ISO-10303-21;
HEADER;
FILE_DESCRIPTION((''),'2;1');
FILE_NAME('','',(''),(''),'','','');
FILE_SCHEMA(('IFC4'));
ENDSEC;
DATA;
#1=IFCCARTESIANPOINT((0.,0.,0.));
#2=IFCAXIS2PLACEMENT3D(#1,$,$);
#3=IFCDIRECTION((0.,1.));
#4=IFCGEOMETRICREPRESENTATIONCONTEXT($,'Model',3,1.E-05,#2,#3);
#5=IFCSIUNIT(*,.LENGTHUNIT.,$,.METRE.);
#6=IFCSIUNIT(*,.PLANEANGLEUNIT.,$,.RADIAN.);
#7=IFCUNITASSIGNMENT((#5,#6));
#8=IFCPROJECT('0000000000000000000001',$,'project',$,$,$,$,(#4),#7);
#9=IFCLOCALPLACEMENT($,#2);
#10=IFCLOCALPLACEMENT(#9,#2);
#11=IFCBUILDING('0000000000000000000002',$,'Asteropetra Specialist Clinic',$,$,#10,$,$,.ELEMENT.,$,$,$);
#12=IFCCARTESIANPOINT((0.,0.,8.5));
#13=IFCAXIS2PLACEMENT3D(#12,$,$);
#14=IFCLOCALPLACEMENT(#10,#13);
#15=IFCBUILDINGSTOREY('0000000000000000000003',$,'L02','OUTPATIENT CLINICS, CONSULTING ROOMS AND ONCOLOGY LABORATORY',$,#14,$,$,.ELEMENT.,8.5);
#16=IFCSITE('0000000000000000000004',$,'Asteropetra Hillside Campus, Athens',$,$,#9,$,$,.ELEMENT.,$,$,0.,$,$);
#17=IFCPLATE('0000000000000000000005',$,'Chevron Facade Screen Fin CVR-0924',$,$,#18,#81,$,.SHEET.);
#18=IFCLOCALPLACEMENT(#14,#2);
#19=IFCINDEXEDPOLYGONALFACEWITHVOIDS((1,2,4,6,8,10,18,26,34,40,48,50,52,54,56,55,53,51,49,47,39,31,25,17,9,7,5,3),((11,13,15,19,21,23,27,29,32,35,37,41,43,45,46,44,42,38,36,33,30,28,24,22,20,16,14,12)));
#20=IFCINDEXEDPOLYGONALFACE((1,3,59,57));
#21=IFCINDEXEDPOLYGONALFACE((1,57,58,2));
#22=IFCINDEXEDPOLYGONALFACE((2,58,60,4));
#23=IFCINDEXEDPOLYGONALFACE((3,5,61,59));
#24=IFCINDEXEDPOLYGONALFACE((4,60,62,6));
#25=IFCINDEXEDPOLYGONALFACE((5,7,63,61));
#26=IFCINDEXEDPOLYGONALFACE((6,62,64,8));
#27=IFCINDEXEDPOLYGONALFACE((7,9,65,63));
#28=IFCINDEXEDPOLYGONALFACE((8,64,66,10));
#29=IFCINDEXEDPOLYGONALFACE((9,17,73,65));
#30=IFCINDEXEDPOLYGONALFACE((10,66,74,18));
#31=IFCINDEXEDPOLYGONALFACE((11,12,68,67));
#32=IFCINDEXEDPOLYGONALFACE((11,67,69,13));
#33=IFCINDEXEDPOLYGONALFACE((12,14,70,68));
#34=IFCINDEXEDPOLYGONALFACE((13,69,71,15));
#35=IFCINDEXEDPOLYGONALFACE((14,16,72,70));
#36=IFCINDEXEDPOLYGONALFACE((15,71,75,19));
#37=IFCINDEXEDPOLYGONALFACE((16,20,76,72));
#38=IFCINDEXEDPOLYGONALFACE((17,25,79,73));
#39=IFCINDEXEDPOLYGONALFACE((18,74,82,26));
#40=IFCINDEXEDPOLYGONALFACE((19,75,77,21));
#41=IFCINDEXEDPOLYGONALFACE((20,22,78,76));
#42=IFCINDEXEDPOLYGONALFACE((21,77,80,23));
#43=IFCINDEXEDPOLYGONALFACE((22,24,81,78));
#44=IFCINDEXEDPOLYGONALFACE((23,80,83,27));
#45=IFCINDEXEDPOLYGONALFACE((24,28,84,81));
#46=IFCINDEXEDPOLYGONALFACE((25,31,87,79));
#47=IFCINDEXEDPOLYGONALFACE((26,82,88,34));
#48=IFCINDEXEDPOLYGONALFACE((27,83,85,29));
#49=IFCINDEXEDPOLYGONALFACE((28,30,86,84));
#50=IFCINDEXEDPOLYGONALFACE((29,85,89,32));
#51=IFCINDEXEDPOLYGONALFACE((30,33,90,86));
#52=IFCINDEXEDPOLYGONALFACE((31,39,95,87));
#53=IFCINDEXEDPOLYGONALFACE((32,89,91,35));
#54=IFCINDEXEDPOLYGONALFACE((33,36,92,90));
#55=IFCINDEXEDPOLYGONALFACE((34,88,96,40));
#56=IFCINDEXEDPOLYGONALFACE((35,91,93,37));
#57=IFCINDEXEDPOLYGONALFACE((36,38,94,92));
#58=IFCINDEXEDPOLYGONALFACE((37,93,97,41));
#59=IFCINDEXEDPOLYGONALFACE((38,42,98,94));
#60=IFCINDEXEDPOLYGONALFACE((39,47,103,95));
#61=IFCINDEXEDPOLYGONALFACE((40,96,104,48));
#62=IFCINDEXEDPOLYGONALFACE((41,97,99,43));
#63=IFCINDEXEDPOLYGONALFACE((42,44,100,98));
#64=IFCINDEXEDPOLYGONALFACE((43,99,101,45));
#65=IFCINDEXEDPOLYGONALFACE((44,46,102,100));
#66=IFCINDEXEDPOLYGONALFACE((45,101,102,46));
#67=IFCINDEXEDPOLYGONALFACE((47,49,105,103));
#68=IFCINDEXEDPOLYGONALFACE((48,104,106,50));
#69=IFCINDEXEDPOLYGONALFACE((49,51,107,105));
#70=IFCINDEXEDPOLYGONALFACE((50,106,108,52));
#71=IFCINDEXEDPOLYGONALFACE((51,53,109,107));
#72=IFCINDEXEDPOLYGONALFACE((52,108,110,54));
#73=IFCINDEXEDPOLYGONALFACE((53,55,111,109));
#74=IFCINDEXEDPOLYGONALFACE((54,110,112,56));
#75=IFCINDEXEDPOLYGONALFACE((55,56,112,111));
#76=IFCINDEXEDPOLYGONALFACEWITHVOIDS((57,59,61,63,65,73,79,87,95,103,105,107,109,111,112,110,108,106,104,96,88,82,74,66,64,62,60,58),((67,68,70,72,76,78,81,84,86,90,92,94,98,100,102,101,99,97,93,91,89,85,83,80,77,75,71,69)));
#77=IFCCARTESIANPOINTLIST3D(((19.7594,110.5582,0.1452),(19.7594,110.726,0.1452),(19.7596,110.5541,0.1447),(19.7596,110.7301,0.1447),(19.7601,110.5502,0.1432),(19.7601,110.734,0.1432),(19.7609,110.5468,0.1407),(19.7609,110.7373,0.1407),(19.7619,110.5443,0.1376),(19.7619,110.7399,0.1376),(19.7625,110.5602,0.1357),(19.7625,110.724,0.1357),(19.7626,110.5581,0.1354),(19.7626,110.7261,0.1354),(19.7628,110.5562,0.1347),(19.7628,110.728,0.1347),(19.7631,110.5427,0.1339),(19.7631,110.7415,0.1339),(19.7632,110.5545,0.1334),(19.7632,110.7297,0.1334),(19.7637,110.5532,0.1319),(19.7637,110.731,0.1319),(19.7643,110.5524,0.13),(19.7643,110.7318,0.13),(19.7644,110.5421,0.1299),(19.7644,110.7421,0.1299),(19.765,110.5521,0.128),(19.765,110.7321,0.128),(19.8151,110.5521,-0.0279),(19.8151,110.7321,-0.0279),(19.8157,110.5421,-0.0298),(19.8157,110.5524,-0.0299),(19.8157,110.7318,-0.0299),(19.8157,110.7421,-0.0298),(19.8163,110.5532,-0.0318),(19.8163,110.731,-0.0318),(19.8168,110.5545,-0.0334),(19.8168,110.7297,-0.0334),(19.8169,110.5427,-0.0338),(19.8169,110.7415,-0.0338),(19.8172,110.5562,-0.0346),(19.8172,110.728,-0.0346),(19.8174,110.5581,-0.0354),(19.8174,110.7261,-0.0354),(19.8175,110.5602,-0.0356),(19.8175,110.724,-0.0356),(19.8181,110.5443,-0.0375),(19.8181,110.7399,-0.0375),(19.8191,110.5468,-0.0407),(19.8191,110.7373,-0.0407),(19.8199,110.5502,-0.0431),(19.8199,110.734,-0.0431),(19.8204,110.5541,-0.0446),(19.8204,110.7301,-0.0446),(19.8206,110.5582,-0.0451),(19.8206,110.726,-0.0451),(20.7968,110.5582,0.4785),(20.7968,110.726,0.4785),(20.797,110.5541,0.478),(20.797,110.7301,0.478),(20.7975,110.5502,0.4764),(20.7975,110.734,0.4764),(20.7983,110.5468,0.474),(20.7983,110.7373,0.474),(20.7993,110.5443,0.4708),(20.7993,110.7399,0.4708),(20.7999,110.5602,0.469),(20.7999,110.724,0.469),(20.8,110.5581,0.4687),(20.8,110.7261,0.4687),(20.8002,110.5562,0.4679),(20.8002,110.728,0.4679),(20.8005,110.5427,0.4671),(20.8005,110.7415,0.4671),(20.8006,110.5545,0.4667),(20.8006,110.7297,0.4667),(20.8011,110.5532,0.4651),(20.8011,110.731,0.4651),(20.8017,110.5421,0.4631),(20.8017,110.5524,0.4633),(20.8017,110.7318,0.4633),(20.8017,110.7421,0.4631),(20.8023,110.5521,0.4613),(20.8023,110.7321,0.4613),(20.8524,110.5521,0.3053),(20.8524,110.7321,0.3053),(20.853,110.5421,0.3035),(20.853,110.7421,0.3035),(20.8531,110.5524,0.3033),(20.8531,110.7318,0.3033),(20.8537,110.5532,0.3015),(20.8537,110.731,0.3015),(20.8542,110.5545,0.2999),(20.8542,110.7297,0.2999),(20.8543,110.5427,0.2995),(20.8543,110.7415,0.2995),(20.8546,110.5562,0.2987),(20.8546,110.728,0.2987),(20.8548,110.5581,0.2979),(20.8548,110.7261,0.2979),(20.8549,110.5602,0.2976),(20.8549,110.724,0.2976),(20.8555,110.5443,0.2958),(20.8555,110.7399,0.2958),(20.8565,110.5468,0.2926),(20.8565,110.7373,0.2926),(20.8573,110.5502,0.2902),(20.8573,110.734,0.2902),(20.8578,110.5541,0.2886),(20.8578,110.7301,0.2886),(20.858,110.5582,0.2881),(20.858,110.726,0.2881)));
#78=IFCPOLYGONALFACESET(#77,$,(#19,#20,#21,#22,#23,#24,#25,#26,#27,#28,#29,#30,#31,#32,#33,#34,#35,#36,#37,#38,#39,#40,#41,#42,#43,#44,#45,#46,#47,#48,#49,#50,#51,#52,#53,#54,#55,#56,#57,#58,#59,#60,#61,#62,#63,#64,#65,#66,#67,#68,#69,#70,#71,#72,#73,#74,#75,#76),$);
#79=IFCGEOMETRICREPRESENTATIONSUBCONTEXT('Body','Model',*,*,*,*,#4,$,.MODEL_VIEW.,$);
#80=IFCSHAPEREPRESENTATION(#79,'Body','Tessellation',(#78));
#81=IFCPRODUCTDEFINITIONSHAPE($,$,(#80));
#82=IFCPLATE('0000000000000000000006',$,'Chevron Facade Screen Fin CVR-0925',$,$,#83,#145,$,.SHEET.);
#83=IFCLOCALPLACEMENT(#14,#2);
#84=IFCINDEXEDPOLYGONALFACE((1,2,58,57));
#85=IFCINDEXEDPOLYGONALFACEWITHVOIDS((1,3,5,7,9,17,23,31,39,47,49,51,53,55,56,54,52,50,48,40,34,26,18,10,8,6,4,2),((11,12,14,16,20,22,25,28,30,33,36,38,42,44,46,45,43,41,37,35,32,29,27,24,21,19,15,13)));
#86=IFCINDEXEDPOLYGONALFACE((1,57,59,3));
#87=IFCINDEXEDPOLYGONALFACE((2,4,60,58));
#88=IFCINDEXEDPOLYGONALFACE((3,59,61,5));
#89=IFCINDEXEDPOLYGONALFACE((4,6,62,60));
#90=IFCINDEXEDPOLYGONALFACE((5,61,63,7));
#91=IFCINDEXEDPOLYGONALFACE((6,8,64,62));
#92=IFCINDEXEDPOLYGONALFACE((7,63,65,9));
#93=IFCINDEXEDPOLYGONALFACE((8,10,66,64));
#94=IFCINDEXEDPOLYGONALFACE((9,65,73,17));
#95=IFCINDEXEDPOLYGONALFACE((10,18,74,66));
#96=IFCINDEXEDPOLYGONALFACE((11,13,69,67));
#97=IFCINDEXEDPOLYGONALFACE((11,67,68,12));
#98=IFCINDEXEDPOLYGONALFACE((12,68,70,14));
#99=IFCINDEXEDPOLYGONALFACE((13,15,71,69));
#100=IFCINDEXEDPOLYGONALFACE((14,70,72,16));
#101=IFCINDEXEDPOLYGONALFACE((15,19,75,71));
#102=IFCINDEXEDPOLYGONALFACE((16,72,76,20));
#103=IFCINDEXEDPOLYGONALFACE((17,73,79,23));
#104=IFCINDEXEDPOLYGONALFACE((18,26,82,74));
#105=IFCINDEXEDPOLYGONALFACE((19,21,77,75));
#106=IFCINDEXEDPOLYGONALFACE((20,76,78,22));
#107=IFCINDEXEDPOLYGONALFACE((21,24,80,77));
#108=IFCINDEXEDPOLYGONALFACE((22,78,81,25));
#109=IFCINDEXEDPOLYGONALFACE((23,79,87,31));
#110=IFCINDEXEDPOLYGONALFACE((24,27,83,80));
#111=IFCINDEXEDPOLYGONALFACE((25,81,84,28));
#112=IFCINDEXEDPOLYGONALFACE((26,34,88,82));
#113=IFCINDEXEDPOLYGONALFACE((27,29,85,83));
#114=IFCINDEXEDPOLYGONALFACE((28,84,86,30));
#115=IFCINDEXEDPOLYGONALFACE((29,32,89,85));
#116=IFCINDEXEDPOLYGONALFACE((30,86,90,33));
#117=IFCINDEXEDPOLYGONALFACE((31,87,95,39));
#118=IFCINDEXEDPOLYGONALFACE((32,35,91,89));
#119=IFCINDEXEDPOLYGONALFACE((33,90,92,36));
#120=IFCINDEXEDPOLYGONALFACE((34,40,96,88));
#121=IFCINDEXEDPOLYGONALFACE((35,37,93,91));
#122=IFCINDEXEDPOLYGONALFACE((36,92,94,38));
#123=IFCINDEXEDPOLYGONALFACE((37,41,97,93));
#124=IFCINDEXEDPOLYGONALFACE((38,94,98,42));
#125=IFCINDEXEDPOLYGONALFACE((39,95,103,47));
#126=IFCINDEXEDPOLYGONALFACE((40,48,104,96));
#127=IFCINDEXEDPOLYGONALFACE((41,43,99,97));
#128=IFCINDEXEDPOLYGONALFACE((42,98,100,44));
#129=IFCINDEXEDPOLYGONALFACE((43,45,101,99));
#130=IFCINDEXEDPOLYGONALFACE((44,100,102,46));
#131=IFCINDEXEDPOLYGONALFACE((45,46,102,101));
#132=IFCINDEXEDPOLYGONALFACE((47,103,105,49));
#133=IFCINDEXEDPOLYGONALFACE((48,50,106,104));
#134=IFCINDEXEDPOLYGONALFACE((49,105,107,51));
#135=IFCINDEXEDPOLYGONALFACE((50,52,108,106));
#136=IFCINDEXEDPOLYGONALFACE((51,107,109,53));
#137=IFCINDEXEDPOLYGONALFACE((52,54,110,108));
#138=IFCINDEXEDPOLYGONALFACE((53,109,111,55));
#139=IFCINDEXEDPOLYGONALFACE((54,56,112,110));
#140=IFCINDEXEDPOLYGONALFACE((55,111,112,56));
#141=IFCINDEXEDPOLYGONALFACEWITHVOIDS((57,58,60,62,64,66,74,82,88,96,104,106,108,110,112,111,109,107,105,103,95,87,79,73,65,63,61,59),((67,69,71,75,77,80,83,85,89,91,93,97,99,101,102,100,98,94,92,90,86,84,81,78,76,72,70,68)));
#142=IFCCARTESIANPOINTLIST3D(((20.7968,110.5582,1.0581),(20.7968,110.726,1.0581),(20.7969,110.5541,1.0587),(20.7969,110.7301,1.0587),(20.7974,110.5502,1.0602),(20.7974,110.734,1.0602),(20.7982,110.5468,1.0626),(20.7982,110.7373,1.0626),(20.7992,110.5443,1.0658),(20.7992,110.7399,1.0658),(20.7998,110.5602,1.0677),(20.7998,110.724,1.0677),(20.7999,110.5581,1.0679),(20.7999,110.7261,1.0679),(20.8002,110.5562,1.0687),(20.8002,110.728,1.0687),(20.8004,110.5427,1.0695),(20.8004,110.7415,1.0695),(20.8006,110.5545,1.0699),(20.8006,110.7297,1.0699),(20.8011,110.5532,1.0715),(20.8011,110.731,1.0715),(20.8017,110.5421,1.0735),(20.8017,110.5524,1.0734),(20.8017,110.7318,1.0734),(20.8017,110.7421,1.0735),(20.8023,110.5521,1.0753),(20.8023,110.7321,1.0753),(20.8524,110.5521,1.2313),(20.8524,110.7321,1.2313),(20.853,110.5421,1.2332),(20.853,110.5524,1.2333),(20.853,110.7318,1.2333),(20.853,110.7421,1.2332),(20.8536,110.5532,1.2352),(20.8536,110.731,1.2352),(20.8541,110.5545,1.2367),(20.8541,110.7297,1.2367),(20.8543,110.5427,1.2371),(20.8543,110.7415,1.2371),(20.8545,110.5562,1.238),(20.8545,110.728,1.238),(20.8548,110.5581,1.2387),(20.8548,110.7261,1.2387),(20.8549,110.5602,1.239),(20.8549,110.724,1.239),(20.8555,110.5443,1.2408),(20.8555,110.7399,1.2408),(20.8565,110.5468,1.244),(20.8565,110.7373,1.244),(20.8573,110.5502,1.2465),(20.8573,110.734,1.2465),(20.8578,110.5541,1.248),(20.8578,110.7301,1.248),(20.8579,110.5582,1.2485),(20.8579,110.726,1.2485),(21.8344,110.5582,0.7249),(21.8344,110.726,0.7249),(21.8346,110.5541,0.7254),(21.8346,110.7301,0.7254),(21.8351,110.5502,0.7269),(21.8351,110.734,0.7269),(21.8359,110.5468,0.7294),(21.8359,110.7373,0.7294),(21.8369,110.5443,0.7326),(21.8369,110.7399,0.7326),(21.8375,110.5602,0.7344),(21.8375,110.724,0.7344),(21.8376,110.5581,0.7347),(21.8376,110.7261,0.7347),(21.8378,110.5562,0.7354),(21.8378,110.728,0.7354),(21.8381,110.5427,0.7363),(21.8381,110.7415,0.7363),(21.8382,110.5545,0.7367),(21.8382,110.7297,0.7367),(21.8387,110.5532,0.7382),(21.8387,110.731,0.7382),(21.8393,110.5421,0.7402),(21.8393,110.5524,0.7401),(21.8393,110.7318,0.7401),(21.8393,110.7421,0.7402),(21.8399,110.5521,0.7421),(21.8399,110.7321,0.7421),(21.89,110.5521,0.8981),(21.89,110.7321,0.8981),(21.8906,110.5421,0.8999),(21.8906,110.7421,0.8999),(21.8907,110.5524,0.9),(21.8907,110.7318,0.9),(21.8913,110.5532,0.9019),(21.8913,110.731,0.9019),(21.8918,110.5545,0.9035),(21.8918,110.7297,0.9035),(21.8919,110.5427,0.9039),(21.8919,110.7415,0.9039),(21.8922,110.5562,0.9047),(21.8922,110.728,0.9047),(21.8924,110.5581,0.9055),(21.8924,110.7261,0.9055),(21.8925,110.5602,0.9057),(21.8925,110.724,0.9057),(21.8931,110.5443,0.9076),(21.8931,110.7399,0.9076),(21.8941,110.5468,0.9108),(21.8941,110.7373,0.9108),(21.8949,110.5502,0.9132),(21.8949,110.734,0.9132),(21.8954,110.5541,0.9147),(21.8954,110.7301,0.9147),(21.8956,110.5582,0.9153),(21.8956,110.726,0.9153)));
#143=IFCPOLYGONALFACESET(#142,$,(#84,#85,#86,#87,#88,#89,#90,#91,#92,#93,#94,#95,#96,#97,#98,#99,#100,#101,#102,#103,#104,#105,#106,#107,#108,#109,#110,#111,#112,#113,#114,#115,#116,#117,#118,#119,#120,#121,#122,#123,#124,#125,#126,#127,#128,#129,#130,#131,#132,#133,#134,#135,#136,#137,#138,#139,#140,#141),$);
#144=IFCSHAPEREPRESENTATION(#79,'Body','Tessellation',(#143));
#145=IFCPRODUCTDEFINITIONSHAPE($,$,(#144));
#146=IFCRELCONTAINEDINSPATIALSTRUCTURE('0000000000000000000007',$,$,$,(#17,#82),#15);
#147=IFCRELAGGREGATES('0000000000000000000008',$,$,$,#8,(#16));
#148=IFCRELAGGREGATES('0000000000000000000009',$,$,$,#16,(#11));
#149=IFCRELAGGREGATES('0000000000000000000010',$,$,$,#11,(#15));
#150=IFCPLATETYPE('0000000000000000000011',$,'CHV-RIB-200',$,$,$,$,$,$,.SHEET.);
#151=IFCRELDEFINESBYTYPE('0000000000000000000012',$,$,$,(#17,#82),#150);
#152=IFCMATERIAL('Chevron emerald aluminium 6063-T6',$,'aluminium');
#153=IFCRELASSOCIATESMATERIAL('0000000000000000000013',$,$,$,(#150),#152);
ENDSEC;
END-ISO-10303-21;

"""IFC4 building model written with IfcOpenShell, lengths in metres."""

from ifc_helpers import new_model, si_unit, direction, frame, origin, origin_2d, place, context, subcontext, project, spatial, hollow_rectangle, extrude, material, material_profile, profile_set, type_object, element, save


model = new_model("IFC4")

# Units and contexts
model_context = context("Model", 3, precision=1e-05, world=origin(), true_north=direction((0.0, 1.0)))
body_context = subcontext(model_context, "Body", "Model", "MODEL_VIEW")
ifc_project = project(units=[si_unit("LENGTHUNIT", "METRE"), si_unit("PLANEANGLEUNIT", "RADIAN")], contexts=[model_context])

# Site, building, storey
site_placement = place(None, origin())
site = spatial("IfcSite", under=ifc_project, at=site_placement, Name="Asteropetra Hillside Campus, Athens", CompositionType="ELEMENT", RefElevation=0.0)
building_placement = place(site_placement, origin())
building = spatial("IfcBuilding", under=site, at=building_placement, Name="Asteropetra Specialist Clinic", CompositionType="ELEMENT")
storey_placement = place(building_placement, frame((0.0, 0.0, 8.5)))
storey = spatial("IfcBuildingStorey", under=building, at=storey_placement, Name="L02", Description="OUTPATIENT CLINICS, CONSULTING ROOMS AND ONCOLOGY LABORATORY", CompositionType="ELEMENT", Elevation=8.5)

# Plates
ifc_material = material(Name="Chevron emerald aluminium 6063-T6", Category="aluminium")
ifc_material_profile = material_profile(ifc_material, hollow_rectangle(XDim=0.2, YDim=0.2, WallThickness=0.01, InnerFilletRadius=0.0081, OuterFilletRadius=0.0161, at=origin_2d()), Name="SHS 200x200x10.0")
ifc_profile_set = profile_set([ifc_material_profile], Name="Chevron emerald aluminium 6063-T6")
plate_type = type_object("IfcPlateType", Name="CHV-RIB-200", PredefinedType="SHEET", material=ifc_profile_set)
plate_1_placement = place(storey_placement, frame((20.8274, 110.6421, 0.3833), z_axis=(-0.952078, 0.0, -0.305857), x_axis=(0.0, -1.0, 0.0)))
element("IfcPlate", 1, at=plate_1_placement, inside=storey, type_object=plate_type, Name="Chevron Facade Screen Fin CVR-0924", PredefinedType="SHEET", context=body_context, shape_type="SweptSolid", body=[
    extrude(hollow_rectangle(XDim=0.2, YDim=0.2, WallThickness=0.01, InnerFilletRadius=0.0081, OuterFilletRadius=0.0161, at=origin_2d()), origin(), (0.0, 0.0, 1.0), 1.0896),
])
plate_2_placement = place(storey_placement, frame((21.865, 110.6421, 0.8201), z_axis=(-0.952098, 0.0, 0.305792), x_axis=(0.0, -1.0, 0.0)))
element("IfcPlate", 2, at=plate_2_placement, inside=storey, type_object=plate_type, Name="Chevron Facade Screen Fin CVR-0925", PredefinedType="SHEET", context=body_context, shape_type="SweptSolid", body=[
    extrude(hollow_rectangle(XDim=0.2, YDim=0.2, WallThickness=0.01, InnerFilletRadius=0.0081, OuterFilletRadius=0.0161, at=origin_2d()), origin(), (0.0, 0.0, 1.0), 1.0898),
])

save(model, "model.ifc")
